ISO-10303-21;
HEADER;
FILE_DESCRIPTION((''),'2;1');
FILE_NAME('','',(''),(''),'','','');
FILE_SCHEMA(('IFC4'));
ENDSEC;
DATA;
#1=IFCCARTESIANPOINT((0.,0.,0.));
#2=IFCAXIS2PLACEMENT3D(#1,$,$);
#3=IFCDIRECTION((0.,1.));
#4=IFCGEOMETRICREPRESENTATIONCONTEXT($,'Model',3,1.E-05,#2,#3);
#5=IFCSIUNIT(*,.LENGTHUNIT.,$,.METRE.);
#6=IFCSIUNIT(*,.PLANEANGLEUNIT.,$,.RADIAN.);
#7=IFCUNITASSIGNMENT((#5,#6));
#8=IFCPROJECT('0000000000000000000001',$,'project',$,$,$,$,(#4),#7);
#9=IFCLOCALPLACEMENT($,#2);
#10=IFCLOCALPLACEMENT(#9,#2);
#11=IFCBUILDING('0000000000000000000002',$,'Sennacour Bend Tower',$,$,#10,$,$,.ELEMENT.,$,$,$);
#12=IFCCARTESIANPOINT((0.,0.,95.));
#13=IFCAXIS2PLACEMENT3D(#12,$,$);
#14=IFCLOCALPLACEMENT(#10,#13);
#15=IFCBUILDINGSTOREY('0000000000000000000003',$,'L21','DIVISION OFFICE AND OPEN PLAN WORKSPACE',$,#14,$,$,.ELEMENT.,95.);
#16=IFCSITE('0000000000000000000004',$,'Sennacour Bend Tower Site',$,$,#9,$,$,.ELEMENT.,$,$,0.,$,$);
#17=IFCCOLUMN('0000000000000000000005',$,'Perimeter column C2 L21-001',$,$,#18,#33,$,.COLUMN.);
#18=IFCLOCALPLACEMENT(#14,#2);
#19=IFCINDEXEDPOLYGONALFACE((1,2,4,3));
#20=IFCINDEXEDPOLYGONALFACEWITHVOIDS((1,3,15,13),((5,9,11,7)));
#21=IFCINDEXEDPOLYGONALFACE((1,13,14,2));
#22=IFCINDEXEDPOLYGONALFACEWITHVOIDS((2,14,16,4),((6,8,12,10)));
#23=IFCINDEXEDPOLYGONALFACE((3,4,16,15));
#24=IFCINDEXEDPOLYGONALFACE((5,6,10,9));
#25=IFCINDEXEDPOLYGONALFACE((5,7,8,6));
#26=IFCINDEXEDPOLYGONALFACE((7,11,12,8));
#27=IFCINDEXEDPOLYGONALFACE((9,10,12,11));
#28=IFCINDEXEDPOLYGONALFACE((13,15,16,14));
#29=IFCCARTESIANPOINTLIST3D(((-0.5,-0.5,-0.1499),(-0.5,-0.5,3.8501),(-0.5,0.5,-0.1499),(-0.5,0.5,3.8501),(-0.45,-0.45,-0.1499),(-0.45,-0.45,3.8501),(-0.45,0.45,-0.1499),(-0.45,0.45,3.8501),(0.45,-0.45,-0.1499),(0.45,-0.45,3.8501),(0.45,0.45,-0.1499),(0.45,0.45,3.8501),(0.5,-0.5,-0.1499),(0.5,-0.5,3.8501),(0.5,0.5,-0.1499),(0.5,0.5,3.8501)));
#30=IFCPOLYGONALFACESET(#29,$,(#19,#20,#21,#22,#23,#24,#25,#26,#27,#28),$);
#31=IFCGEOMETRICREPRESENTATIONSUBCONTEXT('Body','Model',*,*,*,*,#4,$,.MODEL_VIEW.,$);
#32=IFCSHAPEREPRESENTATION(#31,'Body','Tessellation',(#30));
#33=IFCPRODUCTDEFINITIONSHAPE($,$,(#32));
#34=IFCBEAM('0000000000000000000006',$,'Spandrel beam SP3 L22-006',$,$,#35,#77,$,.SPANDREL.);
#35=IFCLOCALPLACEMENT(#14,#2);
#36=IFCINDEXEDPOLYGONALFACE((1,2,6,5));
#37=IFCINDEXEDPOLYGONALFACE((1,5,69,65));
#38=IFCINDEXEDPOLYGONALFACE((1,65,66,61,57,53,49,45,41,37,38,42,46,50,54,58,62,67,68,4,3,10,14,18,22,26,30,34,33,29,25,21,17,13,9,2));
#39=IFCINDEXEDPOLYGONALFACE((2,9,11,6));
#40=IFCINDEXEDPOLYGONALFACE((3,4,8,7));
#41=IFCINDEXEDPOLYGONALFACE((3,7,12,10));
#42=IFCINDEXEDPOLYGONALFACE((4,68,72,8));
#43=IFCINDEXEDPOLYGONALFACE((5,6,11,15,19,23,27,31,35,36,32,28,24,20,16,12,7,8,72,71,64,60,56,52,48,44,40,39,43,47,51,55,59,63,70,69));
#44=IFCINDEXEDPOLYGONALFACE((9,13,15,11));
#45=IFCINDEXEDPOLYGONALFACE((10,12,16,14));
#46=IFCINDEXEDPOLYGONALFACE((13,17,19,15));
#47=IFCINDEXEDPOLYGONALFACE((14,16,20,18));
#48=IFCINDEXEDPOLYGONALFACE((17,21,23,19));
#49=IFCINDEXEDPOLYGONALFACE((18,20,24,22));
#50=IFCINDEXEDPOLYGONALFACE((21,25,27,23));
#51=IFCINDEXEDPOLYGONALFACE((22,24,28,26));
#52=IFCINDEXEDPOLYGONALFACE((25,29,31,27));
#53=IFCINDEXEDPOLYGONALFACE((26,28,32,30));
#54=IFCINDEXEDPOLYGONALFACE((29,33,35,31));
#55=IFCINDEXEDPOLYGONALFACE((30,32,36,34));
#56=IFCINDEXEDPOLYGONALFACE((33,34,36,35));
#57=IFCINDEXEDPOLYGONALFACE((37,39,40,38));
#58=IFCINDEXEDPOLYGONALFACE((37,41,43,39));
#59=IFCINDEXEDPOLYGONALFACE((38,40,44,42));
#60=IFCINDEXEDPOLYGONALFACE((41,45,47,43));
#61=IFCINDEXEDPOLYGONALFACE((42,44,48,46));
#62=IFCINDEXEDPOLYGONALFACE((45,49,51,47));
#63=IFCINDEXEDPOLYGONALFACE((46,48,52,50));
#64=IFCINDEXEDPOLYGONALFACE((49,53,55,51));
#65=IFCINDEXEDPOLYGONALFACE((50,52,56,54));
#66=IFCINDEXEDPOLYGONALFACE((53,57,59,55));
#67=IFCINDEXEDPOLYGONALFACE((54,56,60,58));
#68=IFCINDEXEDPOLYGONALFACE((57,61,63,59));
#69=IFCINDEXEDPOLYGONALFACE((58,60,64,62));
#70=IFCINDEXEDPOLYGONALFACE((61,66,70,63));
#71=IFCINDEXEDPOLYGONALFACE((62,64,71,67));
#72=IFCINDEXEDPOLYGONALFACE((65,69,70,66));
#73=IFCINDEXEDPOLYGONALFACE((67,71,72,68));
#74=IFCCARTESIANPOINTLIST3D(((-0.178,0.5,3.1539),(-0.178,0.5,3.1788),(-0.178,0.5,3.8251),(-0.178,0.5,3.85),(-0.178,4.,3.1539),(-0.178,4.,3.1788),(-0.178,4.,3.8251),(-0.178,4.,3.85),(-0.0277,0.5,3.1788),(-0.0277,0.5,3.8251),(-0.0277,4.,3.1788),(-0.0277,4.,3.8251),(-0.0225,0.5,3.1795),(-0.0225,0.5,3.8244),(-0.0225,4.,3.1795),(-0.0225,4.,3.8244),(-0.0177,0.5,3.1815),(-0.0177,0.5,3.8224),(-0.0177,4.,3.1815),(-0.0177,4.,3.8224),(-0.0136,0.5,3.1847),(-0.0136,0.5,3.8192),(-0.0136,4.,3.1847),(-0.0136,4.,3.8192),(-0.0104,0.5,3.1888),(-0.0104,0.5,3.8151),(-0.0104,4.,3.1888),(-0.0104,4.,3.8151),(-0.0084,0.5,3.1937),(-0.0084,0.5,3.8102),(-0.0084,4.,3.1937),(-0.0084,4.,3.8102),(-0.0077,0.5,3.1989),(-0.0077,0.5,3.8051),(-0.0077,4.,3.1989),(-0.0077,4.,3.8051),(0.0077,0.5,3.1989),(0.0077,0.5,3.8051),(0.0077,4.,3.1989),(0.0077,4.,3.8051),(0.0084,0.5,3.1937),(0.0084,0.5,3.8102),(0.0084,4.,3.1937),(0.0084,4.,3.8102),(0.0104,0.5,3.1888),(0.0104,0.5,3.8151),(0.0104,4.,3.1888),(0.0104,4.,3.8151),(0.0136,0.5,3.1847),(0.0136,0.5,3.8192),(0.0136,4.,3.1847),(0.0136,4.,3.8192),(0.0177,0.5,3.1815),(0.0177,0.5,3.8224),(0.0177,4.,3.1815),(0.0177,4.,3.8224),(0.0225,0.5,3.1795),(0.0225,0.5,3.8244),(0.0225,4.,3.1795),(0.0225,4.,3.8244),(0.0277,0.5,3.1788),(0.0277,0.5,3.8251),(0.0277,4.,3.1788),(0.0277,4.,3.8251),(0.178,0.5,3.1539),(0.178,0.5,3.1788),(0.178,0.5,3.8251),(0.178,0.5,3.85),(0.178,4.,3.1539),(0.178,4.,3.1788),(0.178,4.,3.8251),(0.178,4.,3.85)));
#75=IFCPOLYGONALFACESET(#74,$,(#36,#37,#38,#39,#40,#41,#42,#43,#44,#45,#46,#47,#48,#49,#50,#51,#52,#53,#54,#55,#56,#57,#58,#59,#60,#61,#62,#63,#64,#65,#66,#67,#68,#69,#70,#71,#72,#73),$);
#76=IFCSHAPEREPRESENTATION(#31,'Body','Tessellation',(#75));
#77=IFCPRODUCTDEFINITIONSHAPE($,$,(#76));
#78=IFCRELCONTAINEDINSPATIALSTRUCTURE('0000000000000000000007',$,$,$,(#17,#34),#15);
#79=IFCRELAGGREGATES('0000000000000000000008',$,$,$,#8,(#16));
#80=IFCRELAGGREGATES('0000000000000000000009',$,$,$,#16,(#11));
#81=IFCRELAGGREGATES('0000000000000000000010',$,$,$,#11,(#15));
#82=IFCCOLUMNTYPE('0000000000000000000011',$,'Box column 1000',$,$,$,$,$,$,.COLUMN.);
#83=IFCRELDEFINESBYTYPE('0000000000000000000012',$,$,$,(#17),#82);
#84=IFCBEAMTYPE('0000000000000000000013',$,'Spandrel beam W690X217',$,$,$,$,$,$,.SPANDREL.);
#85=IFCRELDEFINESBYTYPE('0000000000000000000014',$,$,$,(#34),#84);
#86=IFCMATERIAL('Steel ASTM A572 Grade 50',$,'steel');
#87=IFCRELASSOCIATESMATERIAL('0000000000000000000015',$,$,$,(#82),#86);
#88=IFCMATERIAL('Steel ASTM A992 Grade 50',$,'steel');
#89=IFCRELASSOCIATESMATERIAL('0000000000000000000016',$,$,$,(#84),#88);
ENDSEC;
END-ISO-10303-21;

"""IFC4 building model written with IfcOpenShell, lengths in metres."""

from ifc_helpers import new_model, si_unit, direction, frame, origin, origin_2d, place, context, subcontext, project, spatial, hollow_rectangle, i_section, extrude, material, material_profile, profile_set, type_object, element, save


model = new_model("IFC4")

# Units and contexts
model_context = context("Model", 3, precision=1e-05, world=origin(), true_north=direction((0.0, 1.0)))
body_context = subcontext(model_context, "Body", "Model", "MODEL_VIEW")
ifc_project = project(units=[si_unit("LENGTHUNIT", "METRE"), si_unit("PLANEANGLEUNIT", "RADIAN")], contexts=[model_context])

# Site, building, storey
site_placement = place(None, origin())
site = spatial("IfcSite", under=ifc_project, at=site_placement, Name="Sennacour Bend Tower Site", CompositionType="ELEMENT", RefElevation=0.0)
building_placement = place(site_placement, origin())
building = spatial("IfcBuilding", under=site, at=building_placement, Name="Sennacour Bend Tower", CompositionType="ELEMENT")
storey_placement = place(building_placement, frame((0.0, 0.0, 95.0)))
storey = spatial("IfcBuildingStorey", under=building, at=storey_placement, Name="L21", Description="DIVISION OFFICE AND OPEN PLAN WORKSPACE", CompositionType="ELEMENT", Elevation=95.0)

# Column
ifc_material_1 = material(Name="Steel ASTM A572 Grade 50", Category="steel")
ifc_material_profile_1 = material_profile(ifc_material_1, hollow_rectangle(XDim=1.0, YDim=1.0, WallThickness=0.05, at=origin_2d()), Name="Steel ASTM A572 Grade 50", Category="steel")
ifc_profile_set_1 = profile_set([ifc_material_profile_1], Name="Steel ASTM A572 Grade 50")
column_type = type_object("IfcColumnType", Name="Box column 1000", PredefinedType="COLUMN", material=ifc_profile_set_1)
column_placement = place(storey_placement, frame((0.0, 0.0, -0.1499), z_axis=(0.0, 0.0, 1.0), x_axis=(1.0, 0.0, 0.0)))
element("IfcColumn", 1, at=column_placement, inside=storey, type_object=column_type, Name="Perimeter column C2 L21-001", PredefinedType="COLUMN", context=body_context, shape_type="SweptSolid", body=[
    extrude(hollow_rectangle(XDim=1.0, YDim=1.0, WallThickness=0.05, at=origin_2d()), origin(), (0.0, 0.0, 1.0), 4.0),
])

# Beam
ifc_material_2 = material(Name="Steel ASTM A992 Grade 50", Category="steel")
ifc_material_profile_2 = material_profile(ifc_material_2, i_section(OverallWidth=0.356, OverallDepth=0.696, WebThickness=0.0154, FlangeThickness=0.0249, FilletRadius=0.02, at=origin_2d()), Name="Steel ASTM A992 Grade 50", Category="steel")
ifc_profile_set_2 = profile_set([ifc_material_profile_2], Name="Steel ASTM A992 Grade 50")
beam_type = type_object("IfcBeamType", Name="Spandrel beam W690X217", PredefinedType="SPANDREL", material=ifc_profile_set_2)
beam_placement = place(storey_placement, frame((0.0, 0.5, 3.502), z_axis=(0.0, 1.0, 0.0), x_axis=(-1.0, 0.0, 0.0)))
element("IfcBeam", 2, at=beam_placement, inside=storey, type_object=beam_type, Name="Spandrel beam SP3 L22-006", PredefinedType="SPANDREL", context=body_context, shape_type="SweptSolid", body=[
    extrude(i_section(OverallWidth=0.356, OverallDepth=0.696, WebThickness=0.0154, FlangeThickness=0.0249, FilletRadius=0.02, at=origin_2d()), origin(), (0.0, 0.0, 1.0), 3.5),
])

save(model, "model.ifc")
